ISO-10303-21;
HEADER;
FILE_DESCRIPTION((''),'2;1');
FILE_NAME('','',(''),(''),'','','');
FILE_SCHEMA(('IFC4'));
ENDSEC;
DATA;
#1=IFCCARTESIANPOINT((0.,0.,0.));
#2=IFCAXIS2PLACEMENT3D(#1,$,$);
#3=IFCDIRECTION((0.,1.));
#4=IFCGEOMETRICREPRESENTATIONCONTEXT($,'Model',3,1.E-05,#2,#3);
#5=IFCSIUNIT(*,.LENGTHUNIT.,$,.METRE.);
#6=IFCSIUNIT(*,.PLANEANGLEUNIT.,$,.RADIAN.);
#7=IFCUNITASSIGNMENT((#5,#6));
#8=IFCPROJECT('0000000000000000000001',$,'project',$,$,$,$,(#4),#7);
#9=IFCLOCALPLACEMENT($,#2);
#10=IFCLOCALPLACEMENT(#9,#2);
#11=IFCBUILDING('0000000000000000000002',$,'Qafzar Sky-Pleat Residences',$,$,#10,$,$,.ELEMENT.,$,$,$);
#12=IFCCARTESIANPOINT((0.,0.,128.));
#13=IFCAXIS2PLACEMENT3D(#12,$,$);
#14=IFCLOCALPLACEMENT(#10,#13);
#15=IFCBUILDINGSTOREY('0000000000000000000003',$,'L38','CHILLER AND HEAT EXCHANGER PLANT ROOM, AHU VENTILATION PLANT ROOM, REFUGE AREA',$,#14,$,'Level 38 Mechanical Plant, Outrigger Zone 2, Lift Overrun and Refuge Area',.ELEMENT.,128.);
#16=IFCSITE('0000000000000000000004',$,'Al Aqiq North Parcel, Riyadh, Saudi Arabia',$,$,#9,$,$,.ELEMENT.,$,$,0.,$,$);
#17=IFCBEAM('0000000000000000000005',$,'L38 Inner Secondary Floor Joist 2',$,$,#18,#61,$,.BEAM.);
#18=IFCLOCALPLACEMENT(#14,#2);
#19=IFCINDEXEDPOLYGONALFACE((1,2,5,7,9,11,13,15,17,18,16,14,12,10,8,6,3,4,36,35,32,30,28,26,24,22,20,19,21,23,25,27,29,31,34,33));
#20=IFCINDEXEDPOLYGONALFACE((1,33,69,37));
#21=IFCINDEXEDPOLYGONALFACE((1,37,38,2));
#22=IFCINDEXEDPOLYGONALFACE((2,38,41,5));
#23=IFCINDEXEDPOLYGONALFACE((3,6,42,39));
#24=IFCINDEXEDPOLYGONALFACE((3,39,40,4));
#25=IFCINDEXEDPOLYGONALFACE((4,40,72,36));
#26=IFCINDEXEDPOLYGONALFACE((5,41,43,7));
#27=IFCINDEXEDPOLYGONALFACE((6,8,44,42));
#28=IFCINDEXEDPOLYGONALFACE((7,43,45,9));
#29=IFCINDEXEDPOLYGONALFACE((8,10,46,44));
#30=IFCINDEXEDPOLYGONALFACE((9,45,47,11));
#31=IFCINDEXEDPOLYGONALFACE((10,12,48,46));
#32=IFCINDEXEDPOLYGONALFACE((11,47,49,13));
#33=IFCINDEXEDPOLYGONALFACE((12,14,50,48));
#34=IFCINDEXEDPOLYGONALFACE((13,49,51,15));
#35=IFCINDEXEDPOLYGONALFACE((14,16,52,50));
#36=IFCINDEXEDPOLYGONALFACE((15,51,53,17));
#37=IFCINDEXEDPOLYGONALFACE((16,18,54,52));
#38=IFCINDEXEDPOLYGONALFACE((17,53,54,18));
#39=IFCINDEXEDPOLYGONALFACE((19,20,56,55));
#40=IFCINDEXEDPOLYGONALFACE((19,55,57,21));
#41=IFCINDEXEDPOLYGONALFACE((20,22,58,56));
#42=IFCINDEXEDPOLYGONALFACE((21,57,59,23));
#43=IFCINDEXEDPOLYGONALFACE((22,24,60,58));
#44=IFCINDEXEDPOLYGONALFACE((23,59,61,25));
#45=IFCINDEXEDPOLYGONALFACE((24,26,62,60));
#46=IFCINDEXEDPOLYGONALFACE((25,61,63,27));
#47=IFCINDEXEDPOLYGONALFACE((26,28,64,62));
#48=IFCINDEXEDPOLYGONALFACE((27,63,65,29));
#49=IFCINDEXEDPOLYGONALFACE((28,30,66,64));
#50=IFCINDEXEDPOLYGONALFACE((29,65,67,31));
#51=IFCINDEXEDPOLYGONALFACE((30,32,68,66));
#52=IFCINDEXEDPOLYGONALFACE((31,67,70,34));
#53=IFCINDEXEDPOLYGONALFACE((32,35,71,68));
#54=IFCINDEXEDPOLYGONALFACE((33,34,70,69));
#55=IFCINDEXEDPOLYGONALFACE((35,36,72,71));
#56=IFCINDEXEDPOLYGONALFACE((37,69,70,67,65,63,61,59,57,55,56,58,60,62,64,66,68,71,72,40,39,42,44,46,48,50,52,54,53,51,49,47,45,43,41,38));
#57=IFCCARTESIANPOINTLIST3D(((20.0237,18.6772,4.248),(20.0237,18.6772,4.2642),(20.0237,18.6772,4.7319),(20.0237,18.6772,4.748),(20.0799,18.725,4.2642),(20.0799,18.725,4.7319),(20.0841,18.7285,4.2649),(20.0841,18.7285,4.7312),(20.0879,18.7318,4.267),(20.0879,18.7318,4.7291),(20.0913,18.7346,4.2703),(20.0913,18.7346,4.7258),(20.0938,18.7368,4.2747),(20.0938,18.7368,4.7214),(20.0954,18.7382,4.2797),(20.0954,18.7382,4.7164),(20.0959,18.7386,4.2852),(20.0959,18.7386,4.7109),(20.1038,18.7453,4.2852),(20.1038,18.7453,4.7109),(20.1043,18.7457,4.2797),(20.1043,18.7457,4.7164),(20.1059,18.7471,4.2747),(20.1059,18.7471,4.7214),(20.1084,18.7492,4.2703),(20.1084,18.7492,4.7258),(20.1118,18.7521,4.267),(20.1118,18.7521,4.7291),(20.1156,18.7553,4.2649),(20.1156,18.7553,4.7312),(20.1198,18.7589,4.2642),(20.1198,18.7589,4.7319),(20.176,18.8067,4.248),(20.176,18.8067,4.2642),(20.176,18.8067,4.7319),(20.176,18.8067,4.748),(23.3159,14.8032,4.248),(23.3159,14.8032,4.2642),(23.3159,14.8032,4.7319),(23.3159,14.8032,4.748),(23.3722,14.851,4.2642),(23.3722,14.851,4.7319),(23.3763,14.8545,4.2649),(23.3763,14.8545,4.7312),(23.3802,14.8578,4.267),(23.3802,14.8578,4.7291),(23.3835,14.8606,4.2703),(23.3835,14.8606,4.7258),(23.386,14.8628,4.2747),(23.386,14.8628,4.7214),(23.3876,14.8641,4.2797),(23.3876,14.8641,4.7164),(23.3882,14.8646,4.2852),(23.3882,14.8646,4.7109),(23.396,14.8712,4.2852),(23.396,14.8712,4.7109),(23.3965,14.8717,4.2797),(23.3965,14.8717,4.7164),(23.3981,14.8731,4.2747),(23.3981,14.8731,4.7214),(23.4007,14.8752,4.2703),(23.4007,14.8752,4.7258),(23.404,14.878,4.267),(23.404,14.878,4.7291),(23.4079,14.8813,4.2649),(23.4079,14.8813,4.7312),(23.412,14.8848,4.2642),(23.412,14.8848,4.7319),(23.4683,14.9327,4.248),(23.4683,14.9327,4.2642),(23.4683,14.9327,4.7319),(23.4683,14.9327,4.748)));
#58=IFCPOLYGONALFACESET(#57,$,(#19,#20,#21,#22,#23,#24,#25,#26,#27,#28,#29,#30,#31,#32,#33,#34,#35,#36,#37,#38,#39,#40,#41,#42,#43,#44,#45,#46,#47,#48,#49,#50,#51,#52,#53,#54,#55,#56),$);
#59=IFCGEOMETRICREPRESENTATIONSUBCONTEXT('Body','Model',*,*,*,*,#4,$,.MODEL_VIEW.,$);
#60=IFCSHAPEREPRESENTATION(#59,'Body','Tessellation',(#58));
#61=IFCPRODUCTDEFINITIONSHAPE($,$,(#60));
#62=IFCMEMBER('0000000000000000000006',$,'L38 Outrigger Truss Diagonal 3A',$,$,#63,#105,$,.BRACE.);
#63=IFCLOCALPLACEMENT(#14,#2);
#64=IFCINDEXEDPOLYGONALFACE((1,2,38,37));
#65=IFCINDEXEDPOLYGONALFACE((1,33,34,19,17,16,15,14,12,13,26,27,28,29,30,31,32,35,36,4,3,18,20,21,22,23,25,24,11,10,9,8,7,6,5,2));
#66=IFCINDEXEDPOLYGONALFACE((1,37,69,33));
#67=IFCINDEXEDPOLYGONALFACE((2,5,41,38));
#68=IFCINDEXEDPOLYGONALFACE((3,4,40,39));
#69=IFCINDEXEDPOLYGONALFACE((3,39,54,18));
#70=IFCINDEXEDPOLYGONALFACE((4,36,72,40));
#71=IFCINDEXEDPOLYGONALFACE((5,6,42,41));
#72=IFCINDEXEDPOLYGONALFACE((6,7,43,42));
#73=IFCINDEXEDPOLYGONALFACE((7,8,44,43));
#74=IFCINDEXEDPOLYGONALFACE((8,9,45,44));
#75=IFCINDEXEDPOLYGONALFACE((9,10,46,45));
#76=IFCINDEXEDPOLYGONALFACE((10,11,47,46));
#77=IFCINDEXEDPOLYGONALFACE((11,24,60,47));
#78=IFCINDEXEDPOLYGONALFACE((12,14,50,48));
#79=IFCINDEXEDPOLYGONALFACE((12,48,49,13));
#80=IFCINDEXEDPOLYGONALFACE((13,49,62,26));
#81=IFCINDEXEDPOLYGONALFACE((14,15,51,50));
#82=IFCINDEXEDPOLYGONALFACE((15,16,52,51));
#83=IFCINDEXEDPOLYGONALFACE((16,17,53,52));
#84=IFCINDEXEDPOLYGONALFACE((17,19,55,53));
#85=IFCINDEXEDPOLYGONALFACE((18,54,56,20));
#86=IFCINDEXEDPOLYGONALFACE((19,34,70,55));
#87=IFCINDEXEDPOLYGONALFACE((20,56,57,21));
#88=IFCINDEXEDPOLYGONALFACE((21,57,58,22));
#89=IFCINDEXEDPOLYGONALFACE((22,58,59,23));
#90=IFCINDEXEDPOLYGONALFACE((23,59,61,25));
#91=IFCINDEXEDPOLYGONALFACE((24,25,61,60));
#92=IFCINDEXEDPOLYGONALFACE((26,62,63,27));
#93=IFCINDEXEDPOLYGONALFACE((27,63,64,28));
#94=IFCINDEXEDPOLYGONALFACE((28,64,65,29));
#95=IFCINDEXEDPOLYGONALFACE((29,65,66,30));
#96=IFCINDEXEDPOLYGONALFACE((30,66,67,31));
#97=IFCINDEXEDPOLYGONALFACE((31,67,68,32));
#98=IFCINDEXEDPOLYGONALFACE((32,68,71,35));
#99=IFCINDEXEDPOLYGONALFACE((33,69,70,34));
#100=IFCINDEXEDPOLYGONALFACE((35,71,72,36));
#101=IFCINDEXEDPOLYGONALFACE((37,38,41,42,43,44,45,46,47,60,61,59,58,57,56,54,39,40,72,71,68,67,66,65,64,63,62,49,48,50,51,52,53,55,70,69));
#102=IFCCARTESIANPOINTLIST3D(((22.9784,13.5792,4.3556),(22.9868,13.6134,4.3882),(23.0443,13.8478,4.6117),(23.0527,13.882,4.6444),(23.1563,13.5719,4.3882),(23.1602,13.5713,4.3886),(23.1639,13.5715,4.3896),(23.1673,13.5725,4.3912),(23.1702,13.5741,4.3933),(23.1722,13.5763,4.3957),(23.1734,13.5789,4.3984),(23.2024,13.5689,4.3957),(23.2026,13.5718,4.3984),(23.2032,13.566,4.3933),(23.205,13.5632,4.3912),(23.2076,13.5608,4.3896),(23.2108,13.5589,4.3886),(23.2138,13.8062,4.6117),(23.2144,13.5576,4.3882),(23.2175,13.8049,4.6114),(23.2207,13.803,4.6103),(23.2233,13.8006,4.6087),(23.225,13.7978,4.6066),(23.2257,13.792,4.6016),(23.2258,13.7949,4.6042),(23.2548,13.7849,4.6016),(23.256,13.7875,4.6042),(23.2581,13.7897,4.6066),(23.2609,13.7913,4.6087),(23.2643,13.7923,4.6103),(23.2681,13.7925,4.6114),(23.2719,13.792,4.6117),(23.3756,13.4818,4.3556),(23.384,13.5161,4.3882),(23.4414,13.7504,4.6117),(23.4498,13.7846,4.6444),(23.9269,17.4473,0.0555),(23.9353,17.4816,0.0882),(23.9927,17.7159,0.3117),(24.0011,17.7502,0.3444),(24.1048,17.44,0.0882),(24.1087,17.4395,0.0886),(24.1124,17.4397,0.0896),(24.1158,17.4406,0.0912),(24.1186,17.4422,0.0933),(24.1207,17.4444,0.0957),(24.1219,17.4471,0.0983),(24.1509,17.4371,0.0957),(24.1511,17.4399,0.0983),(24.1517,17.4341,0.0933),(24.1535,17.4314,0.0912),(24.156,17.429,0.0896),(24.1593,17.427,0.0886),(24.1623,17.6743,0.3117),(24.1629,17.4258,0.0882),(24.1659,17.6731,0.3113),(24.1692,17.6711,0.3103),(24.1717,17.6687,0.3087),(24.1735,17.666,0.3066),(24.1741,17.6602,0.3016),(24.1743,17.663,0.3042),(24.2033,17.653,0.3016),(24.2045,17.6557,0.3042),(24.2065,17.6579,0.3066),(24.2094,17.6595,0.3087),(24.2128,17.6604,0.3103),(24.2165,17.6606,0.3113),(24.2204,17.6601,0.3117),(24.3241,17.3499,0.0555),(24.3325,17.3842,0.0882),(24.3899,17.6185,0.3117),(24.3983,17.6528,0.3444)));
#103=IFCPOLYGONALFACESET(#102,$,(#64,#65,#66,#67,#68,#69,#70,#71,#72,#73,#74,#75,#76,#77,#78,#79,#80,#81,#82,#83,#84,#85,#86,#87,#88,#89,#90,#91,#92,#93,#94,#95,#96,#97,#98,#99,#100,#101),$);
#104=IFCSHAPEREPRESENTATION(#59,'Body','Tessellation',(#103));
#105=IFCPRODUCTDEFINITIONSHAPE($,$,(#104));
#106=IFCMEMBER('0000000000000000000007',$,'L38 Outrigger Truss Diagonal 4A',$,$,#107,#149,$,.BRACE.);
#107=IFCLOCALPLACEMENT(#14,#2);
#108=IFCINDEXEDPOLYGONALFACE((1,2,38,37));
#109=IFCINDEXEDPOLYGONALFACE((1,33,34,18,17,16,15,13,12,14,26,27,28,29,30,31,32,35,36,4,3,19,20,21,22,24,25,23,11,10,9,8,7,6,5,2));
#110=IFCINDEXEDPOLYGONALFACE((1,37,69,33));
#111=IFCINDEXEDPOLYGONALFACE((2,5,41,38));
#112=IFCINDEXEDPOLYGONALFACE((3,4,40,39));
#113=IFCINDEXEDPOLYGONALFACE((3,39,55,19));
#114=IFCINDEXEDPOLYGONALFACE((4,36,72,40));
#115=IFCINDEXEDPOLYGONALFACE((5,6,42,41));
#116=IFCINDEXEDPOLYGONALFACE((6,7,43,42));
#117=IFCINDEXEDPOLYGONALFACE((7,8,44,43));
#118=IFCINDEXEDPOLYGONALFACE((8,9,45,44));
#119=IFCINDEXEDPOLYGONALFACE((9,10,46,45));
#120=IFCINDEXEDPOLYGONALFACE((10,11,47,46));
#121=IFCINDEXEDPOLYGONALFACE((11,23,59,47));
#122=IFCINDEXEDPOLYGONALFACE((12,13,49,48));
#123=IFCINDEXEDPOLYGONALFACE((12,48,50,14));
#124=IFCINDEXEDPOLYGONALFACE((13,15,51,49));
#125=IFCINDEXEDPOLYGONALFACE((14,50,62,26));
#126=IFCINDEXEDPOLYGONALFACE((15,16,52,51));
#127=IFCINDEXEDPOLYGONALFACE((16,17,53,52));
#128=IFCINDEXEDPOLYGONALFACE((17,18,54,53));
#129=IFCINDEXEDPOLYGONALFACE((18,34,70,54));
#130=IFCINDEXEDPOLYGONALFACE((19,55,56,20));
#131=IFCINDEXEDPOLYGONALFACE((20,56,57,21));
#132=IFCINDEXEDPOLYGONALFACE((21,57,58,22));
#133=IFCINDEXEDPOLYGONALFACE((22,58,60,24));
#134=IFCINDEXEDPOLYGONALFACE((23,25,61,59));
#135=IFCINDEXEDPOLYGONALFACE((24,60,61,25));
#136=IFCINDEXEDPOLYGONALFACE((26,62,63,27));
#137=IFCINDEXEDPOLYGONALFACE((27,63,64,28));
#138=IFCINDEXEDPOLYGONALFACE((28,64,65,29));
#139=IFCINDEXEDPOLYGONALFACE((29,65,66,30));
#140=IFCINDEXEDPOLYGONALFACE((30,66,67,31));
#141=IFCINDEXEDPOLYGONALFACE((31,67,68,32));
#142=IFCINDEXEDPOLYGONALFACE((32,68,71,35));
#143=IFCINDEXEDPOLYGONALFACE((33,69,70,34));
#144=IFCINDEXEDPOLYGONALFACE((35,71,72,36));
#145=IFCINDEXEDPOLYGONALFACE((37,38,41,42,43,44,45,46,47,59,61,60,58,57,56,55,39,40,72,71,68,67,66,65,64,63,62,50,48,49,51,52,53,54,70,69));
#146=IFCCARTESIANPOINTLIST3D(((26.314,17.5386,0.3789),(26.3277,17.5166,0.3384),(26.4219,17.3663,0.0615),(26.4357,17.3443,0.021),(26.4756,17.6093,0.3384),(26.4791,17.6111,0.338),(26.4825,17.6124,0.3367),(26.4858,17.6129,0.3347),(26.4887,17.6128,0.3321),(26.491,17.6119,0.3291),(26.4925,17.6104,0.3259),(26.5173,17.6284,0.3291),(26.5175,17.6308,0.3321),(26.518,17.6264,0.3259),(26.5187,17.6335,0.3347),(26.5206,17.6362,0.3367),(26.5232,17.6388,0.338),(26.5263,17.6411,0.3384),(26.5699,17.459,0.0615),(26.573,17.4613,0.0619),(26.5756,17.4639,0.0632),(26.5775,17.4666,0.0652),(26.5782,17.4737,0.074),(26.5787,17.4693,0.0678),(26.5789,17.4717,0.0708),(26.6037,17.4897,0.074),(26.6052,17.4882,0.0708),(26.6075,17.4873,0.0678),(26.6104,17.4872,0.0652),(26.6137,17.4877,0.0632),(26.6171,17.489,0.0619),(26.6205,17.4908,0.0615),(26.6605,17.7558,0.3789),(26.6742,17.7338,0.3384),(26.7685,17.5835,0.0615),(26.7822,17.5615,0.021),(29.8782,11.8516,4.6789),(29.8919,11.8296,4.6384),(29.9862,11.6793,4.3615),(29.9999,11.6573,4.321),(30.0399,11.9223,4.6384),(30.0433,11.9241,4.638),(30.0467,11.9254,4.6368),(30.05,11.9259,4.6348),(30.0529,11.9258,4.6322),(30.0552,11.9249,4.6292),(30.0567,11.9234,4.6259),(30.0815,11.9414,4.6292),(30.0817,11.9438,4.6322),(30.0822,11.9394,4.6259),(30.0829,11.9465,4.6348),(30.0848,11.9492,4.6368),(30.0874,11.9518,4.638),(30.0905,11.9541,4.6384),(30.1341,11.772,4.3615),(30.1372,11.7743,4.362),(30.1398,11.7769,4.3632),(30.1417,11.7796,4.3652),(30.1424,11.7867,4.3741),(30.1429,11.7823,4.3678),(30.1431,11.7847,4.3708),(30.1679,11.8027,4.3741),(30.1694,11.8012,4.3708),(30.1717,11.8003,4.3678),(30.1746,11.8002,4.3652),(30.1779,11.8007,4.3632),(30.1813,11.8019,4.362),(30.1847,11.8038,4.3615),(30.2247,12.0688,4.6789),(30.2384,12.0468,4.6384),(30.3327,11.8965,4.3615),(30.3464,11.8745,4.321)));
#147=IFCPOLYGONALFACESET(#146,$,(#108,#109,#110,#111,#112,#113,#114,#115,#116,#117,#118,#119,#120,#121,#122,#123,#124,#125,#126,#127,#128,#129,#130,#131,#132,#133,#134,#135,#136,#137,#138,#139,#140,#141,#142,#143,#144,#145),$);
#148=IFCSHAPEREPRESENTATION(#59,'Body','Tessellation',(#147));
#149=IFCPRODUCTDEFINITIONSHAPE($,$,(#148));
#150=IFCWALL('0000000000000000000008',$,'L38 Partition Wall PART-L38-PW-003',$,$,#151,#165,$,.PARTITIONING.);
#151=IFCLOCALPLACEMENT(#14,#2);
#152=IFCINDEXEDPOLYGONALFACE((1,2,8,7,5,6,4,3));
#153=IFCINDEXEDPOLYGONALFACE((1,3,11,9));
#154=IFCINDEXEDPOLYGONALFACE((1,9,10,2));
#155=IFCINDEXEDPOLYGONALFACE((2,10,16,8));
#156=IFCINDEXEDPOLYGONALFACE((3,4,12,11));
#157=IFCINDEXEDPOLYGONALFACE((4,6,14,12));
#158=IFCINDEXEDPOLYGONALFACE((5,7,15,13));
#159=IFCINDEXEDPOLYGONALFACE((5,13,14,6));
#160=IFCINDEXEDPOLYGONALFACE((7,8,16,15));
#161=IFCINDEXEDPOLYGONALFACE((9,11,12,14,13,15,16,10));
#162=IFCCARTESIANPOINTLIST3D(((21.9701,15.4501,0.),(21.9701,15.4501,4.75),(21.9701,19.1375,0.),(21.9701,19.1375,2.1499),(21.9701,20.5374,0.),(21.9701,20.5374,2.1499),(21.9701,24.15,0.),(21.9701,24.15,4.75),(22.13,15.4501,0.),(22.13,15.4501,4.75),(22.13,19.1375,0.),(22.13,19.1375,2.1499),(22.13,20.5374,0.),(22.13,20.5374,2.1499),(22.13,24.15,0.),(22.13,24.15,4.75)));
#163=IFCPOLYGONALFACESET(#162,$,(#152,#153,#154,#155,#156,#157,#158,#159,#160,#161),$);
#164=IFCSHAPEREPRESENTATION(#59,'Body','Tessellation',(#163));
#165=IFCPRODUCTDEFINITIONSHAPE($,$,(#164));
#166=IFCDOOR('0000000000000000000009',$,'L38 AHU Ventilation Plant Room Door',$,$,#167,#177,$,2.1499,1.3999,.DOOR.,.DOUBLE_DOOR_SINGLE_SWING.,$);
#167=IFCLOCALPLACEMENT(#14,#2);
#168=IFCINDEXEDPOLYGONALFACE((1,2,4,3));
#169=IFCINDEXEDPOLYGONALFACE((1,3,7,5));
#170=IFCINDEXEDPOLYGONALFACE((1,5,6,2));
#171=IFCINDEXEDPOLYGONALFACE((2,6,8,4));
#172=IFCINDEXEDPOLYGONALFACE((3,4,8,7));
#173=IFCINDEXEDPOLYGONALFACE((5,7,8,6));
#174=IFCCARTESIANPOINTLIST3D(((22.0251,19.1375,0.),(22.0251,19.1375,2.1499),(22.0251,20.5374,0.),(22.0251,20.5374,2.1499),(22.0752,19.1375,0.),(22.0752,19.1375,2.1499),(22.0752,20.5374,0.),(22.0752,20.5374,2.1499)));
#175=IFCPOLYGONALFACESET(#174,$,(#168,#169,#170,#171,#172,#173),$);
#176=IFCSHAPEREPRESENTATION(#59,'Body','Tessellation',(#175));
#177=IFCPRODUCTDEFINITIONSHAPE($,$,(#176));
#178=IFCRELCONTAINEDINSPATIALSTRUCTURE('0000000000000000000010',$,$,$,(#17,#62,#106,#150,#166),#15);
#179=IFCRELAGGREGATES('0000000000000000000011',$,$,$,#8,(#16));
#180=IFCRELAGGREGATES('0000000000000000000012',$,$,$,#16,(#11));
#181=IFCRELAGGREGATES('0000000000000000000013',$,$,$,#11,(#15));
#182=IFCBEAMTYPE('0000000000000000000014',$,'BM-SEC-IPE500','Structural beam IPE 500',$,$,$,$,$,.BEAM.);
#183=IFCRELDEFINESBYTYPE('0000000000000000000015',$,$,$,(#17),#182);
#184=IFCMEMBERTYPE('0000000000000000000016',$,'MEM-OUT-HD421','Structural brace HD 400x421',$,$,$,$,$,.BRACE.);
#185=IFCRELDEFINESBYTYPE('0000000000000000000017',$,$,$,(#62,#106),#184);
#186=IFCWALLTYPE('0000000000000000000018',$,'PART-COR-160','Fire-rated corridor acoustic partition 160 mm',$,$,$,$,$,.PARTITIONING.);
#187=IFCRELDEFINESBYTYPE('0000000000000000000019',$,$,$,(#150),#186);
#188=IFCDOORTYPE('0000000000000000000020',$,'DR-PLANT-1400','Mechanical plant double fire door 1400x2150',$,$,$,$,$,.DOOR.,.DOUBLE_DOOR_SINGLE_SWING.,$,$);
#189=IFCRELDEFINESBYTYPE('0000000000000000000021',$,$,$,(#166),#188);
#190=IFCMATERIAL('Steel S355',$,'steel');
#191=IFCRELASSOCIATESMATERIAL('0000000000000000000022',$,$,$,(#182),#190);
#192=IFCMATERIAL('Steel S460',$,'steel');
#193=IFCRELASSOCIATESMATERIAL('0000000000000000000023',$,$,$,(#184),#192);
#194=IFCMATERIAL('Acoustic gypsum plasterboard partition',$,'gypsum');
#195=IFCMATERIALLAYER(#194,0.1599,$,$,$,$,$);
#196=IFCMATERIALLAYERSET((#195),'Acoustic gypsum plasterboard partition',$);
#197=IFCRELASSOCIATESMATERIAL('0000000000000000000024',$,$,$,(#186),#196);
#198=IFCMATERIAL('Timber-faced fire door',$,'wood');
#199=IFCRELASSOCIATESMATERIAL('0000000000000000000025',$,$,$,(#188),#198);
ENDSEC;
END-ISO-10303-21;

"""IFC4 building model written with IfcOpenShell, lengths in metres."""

from ifc_helpers import new_model, si_unit, direction, frame, frame_2d, origin, origin_2d, place, context, subcontext, project, spatial, rectangle, i_section, extrude, source, transform, mapped, material, layer, layer_set, material_profile, profile_set, type_object, element, fill, save


model = new_model("IFC4")

# Units and contexts
model_context = context("Model", 3, precision=1e-05, world=origin(), true_north=direction((0.0, 1.0)))
body_context = subcontext(model_context, "Body", "Model", "MODEL_VIEW")
ifc_project = project(units=[si_unit("LENGTHUNIT", "METRE"), si_unit("PLANEANGLEUNIT", "RADIAN")], contexts=[model_context])

# Site, building, storey
site_placement = place(None, origin())
site = spatial("IfcSite", under=ifc_project, at=site_placement, Name="Al Aqiq North Parcel, Riyadh, Saudi Arabia", CompositionType="ELEMENT", RefElevation=0.0)
building_placement = place(site_placement, origin())
building = spatial("IfcBuilding", under=site, at=building_placement, Name="Qafzar Sky-Pleat Residences", CompositionType="ELEMENT")
storey_placement = place(building_placement, frame((0.0, 0.0, 128.0)))
storey = spatial("IfcBuildingStorey", under=building, at=storey_placement, Name="L38", Description="CHILLER AND HEAT EXCHANGER PLANT ROOM, AHU VENTILATION PLANT ROOM, REFUGE AREA", LongName="Level 38 Mechanical Plant, Outrigger Zone 2, Lift Overrun and Refuge Area", CompositionType="ELEMENT", Elevation=128.0)

# Beam
ifc_material_1 = material(Name="Steel S355", Category="steel")
ifc_material_profile_1 = material_profile(ifc_material_1, i_section(OverallWidth=0.2, OverallDepth=0.5, WebThickness=0.0103, FlangeThickness=0.0161, FilletRadius=0.021, at=origin_2d()), Name="IPE 500")
ifc_profile_set_1 = profile_set([ifc_material_profile_1], Name="Steel S355")
beam_type = type_object("IfcBeamType", Name="BM-SEC-IPE500", Description="Structural beam IPE 500", PredefinedType="BEAM", material=ifc_profile_set_1)
shared_shape_1 = source(origin(), body_context, "Body", "SweptSolid", [
    extrude(i_section(OverallWidth=0.2, OverallDepth=0.5, WebThickness=0.0103, FlangeThickness=0.0161, FilletRadius=0.021, at=origin_2d()), origin(), (0.0, 0.0, 1.0), 5.084),
])
beam_placement = place(storey_placement, frame((20.0999, 18.7419, 4.498), z_axis=(0.64757, -0.762006, 0.0), x_axis=(0.762006, 0.64757, 0.0)))
element("IfcBeam", 1, at=beam_placement, inside=storey, type_object=beam_type, Name="L38 Inner Secondary Floor Joist 2", PredefinedType="BEAM", context=body_context, shape_type="MappedRepresentation", body=[
    mapped(shared_shape_1, transform((0.0, 0.0, 0.0), x_axis=(1.0, 0.0, 0.0), y_axis=(0.0, 1.0, 0.0), z_axis=(0.0, 0.0, 1.0), scale=1.0)),
])

# Members
ifc_material_2 = material(Name="Steel S460", Category="steel")
ifc_material_profile_2 = material_profile(ifc_material_2, i_section(OverallWidth=0.4089, OverallDepth=0.425, WebThickness=0.03, FlangeThickness=0.0481, FilletRadius=0.0149, at=origin_2d()), Name="HD 400x421")
ifc_profile_set_2 = profile_set([ifc_material_profile_2], Name="Steel S460")
member_type = type_object("IfcMemberType", Name="MEM-OUT-HD421", Description="Structural brace HD 400x421", PredefinedType="BRACE", material=ifc_profile_set_2)
shared_shape_2 = source(origin(), body_context, "Body", "SweptSolid", [
    extrude(i_section(OverallWidth=0.4089, OverallDepth=0.425, WebThickness=0.03, FlangeThickness=0.0481, FilletRadius=0.0149, at=origin_2d()), origin(), (0.0, 0.0, 1.0), 5.8611),
])
member_1_placement = place(storey_placement, frame((24.1626, 17.55, 0.2), z_axis=(-0.161827, -0.65997, 0.733656), x_axis=(0.971229, -0.238148, 0.0)))
element("IfcMember", 2, at=member_1_placement, inside=storey, type_object=member_type, Name="L38 Outrigger Truss Diagonal 3A", PredefinedType="BRACE", context=body_context, shape_type="MappedRepresentation", body=[
    mapped(shared_shape_2, transform((0.0, 0.0, 0.0), x_axis=(1.0, 0.0, 0.0), y_axis=(0.0, 1.0, 0.0), z_axis=(0.0, 0.0, 1.0), scale=1.0)),
])
shared_shape_3 = source(origin(), body_context, "Body", "SweptSolid", [
    extrude(i_section(OverallWidth=0.4089, OverallDepth=0.425, WebThickness=0.03, FlangeThickness=0.0481, FilletRadius=0.0149, at=origin_2d()), origin(), (0.0, 0.0, 1.0), 7.9709),
])
member_2_placement = place(storey_placement, frame((26.5481, 17.55, 0.2), z_axis=(0.44715, -0.713467, 0.539465), x_axis=(0.84734, 0.531051, 0.0)))
element("IfcMember", 3, at=member_2_placement, inside=storey, type_object=member_type, Name="L38 Outrigger Truss Diagonal 4A", PredefinedType="BRACE", context=body_context, shape_type="MappedRepresentation", body=[
    mapped(shared_shape_3, transform((0.0, 0.0, 0.0), x_axis=(1.0, 0.0, 0.0), y_axis=(0.0, 1.0, 0.0), z_axis=(0.0, 0.0, 1.0), scale=1.0)),
])

# Wall, opening, door
ifc_material_3 = material(Name="Acoustic gypsum plasterboard partition", Category="gypsum")
ifc_layer_1 = layer(ifc_material_3, 0.1599)
ifc_layer_set_1 = layer_set([ifc_layer_1], Name="Acoustic gypsum plasterboard partition")
wall_type_1 = type_object("IfcWallType", Name="PART-COR-160", Description="Fire-rated corridor acoustic partition 160 mm", PredefinedType="PARTITIONING", material=ifc_layer_set_1)
wall_1_placement = place(storey_placement, frame((22.05, 15.45, 0.0), z_axis=(0.0, 0.0, 1.0), x_axis=(0.0, 1.0, 0.0)))
wall_1 = element("IfcWall", 4, at=wall_1_placement, inside=storey, type_object=wall_type_1, Name="L38 Partition Wall PART-L38-PW-003", PredefinedType="PARTITIONING", context=body_context, shape_type="SweptSolid", body=[
    extrude(rectangle(XDim=8.7, YDim=0.1599, at=frame_2d((4.3501, 0.0))), origin(), (0.0, 0.0, 1.0), 4.75),
])
opening_1_placement = place(wall_1_placement, frame((3.6875, 0.0, 0.0)))
opening_1 = element("IfcOpeningElement", 5, at=opening_1_placement, cuts=wall_1, PredefinedType="OPENING", context=body_context, shape_type="SweptSolid", body=[
    extrude(rectangle(XDim=1.3999, YDim=2.1499, at=frame_2d((0.7, 1.075))), frame((0.0, 0.0898, 0.0), z_axis=(0.0, -1.0, 0.0), x_axis=(1.0, 0.0, 0.0)), (0.0, 0.0, 1.0), 0.1799),
])
ifc_material_4 = material(Name="Timber-faced fire door", Category="wood")
door_type_1 = type_object("IfcDoorType", Name="DR-PLANT-1400", Description="Mechanical plant double fire door 1400x2150", OperationType="DOUBLE_DOOR_SINGLE_SWING", PredefinedType="DOOR", material=ifc_material_4)
shared_shape_4 = source(origin(), body_context, "Body", "SweptSolid", [
    extrude(rectangle(XDim=1.3999, YDim=2.1499, at=frame_2d((0.7, 1.075))), frame((0.0, 0.0249, 0.0), z_axis=(0.0, -1.0, 0.0), x_axis=(1.0, 0.0, 0.0)), (0.0, 0.0, 1.0), 0.05),
])
door_1_placement = place(opening_1_placement, origin())
door_1 = element("IfcDoor", 6, at=door_1_placement, inside=storey, type_object=door_type_1, Name="L38 AHU Ventilation Plant Room Door", OperationType="DOUBLE_DOOR_SINGLE_SWING", OverallHeight=2.1499, OverallWidth=1.3999, PredefinedType="DOOR", context=body_context, shape_type="MappedRepresentation", body=[
    mapped(shared_shape_4, transform((0.0, 0.0, 0.0), x_axis=(1.0, 0.0, 0.0), y_axis=(0.0, 1.0, 0.0), z_axis=(0.0, 0.0, 1.0), scale=1.0)),
])
fill(opening_1, door_1)

save(model, "model.ifc")
